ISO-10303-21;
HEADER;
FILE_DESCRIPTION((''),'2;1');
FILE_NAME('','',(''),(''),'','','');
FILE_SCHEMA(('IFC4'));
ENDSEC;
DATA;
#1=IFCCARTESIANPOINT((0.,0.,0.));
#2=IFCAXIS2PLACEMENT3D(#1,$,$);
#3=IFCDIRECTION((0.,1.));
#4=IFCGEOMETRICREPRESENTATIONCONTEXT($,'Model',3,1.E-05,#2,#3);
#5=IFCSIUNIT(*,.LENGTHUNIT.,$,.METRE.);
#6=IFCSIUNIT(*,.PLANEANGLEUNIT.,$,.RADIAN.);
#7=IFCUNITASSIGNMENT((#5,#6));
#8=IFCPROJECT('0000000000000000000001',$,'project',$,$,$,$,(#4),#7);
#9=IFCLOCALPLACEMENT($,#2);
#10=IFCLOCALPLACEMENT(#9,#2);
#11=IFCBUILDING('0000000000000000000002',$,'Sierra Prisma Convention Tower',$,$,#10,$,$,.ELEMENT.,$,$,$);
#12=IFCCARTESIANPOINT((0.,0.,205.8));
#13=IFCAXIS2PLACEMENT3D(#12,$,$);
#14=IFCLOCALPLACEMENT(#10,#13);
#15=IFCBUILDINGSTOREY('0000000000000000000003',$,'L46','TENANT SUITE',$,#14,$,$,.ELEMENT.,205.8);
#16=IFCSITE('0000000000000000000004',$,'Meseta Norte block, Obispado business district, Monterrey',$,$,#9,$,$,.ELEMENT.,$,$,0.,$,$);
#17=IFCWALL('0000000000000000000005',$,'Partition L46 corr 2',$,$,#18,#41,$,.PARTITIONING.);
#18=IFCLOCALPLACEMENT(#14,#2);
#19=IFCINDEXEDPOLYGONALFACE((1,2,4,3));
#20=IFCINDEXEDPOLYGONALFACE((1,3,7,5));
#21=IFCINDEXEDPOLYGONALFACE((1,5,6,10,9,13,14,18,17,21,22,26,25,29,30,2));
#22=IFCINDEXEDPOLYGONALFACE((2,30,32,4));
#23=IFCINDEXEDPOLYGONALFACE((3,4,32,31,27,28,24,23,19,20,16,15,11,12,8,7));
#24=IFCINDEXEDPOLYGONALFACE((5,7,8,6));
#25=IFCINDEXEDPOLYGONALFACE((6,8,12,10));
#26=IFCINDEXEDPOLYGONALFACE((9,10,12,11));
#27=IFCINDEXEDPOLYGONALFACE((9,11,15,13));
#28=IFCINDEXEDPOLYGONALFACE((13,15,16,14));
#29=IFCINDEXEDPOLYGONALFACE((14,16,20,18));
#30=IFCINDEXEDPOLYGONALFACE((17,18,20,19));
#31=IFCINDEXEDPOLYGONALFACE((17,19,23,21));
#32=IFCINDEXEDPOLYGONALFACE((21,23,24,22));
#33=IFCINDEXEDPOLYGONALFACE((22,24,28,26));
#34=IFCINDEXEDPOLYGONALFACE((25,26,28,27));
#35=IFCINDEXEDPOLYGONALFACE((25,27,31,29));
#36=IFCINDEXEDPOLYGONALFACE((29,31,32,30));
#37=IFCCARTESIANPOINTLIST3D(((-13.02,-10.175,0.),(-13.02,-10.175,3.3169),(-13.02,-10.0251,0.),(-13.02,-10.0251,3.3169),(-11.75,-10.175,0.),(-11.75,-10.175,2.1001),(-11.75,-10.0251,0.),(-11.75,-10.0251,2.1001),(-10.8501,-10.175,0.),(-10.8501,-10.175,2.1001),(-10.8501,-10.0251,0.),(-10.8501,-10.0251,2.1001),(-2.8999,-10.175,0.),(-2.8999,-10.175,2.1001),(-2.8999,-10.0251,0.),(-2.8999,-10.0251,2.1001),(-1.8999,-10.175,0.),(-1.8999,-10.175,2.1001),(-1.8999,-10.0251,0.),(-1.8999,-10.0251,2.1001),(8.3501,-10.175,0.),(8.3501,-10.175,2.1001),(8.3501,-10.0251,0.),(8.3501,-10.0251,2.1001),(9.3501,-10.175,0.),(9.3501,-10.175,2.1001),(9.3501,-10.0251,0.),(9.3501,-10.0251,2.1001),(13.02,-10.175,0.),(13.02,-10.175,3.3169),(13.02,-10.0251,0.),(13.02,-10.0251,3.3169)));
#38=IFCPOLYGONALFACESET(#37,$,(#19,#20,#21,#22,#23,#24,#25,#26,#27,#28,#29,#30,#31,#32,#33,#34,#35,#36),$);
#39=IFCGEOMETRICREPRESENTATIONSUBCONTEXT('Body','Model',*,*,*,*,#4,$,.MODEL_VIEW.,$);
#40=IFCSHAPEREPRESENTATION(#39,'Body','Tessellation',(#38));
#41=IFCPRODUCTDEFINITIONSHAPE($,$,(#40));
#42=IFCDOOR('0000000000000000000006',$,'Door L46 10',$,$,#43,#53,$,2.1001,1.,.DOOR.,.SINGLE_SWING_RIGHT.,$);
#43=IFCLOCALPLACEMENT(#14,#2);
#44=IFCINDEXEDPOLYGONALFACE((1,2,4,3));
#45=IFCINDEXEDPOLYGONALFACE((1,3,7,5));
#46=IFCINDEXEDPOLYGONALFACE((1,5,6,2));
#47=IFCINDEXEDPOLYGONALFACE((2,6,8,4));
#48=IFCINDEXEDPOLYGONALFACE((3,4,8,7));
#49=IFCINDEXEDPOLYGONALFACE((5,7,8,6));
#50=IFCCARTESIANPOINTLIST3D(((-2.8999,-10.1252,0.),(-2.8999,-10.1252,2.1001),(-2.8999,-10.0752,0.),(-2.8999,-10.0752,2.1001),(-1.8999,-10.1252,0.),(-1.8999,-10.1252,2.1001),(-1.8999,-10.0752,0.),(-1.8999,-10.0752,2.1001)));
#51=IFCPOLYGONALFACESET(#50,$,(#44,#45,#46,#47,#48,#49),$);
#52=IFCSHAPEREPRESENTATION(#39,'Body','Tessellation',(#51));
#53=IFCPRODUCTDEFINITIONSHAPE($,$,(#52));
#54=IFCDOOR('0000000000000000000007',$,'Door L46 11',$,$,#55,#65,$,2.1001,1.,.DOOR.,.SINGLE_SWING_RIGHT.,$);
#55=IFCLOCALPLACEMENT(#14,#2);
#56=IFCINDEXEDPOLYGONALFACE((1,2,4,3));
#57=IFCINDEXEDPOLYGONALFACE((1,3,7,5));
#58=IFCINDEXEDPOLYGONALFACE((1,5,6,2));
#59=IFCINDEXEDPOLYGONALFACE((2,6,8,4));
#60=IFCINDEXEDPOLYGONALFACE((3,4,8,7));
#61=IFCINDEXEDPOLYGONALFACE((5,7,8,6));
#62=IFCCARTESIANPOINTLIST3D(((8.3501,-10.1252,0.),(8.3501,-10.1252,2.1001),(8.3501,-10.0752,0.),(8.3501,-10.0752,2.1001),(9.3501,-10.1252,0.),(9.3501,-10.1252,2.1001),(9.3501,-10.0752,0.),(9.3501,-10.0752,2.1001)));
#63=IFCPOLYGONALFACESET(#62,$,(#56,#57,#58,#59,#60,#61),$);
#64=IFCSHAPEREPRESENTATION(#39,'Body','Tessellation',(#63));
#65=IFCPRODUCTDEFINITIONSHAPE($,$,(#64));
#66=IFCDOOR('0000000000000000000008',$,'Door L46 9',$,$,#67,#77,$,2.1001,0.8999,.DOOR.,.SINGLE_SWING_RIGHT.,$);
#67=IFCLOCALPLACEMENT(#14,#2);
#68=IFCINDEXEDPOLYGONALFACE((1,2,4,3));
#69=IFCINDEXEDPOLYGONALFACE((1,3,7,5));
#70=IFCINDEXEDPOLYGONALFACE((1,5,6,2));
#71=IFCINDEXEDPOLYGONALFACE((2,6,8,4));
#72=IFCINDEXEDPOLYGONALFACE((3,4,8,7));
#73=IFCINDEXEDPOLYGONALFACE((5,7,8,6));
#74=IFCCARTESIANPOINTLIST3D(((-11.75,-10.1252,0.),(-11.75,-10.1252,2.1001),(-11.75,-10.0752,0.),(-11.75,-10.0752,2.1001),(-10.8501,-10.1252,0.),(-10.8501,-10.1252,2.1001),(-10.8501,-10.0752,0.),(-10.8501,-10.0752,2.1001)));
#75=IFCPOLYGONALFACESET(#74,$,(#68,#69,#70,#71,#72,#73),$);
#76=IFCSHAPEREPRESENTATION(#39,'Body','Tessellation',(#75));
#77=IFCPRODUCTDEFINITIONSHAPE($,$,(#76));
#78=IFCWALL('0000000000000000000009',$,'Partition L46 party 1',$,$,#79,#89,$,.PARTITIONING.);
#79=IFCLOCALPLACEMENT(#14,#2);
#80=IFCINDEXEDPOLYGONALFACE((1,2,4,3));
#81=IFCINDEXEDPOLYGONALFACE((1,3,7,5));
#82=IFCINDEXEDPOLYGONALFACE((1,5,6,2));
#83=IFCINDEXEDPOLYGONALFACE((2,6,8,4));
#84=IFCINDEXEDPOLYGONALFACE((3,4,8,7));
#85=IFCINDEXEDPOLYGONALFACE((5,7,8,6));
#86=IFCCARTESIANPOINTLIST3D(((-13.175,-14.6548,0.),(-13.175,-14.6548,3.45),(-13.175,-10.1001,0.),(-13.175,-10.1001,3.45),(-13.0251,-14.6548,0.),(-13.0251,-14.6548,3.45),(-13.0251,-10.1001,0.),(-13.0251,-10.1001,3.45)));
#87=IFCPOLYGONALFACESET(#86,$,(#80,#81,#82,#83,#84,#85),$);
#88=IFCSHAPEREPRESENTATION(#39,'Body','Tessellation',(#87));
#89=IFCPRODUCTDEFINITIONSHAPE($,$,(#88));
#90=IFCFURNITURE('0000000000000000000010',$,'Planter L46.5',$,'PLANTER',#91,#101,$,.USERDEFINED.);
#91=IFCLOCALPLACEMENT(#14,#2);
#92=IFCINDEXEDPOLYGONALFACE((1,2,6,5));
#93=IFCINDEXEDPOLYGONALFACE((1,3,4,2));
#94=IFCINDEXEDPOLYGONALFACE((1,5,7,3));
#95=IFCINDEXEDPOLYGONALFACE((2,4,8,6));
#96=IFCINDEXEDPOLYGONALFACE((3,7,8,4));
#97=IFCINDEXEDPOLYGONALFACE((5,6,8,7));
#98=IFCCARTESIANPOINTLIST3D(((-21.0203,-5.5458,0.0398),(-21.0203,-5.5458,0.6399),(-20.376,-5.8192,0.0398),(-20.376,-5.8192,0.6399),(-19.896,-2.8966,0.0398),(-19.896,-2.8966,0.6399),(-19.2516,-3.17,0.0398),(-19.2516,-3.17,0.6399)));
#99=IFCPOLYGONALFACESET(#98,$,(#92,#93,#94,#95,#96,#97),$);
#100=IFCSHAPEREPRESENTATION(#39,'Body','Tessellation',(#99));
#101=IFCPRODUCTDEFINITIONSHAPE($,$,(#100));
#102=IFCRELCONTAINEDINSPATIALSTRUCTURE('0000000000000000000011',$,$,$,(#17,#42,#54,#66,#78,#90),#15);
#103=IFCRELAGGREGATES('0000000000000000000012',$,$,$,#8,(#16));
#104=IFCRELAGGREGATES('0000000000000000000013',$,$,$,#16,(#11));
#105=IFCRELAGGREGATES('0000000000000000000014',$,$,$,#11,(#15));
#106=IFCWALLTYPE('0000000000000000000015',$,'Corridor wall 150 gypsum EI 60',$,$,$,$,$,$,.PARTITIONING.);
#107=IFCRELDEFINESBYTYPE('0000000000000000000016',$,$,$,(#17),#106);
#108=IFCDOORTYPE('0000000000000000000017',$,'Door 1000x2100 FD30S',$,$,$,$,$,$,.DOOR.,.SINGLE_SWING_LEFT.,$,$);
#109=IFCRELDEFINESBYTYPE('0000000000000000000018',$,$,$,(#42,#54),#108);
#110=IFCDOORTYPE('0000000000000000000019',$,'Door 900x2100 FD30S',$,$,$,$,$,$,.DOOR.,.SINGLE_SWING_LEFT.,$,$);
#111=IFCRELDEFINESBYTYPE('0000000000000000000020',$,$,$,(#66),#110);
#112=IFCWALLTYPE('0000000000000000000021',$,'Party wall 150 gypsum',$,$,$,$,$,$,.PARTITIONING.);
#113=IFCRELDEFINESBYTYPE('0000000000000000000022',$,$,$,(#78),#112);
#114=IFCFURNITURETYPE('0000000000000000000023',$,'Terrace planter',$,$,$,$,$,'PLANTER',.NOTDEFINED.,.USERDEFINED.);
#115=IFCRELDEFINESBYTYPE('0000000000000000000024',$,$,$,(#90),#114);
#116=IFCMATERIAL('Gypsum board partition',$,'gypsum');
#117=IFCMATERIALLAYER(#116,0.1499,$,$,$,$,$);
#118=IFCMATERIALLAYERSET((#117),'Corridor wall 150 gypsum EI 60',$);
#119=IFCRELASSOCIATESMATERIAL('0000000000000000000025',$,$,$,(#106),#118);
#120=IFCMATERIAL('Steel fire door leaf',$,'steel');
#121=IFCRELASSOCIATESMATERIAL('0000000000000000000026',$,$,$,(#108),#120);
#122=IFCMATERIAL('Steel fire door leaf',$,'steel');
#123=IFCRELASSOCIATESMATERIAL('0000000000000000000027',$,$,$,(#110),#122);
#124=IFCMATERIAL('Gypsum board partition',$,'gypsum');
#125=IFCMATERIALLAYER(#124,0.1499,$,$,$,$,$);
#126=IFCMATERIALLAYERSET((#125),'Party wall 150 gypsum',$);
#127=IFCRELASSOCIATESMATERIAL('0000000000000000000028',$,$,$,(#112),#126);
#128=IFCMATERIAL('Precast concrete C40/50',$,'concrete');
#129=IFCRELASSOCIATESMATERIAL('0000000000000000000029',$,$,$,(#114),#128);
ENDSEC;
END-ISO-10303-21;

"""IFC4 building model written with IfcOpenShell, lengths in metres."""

from ifc_helpers import new_model, si_unit, direction, frame, frame_2d, origin, origin_2d, place, context, subcontext, project, spatial, rectangle, extrude, material, layer, layer_set, type_object, element, fill, save


model = new_model("IFC4")

# Units and contexts
model_context = context("Model", 3, precision=1e-05, world=origin(), true_north=direction((0.0, 1.0)))
body_context = subcontext(model_context, "Body", "Model", "MODEL_VIEW")
ifc_project = project(units=[si_unit("LENGTHUNIT", "METRE"), si_unit("PLANEANGLEUNIT", "RADIAN")], contexts=[model_context])

# Site, building, storey
site_placement = place(None, origin())
site = spatial("IfcSite", under=ifc_project, at=site_placement, Name="Meseta Norte block, Obispado business district, Monterrey", CompositionType="ELEMENT", RefElevation=0.0)
building_placement = place(site_placement, origin())
building = spatial("IfcBuilding", under=site, at=building_placement, Name="Sierra Prisma Convention Tower", CompositionType="ELEMENT")
storey_placement = place(building_placement, frame((0.0, 0.0, 205.8)))
storey = spatial("IfcBuildingStorey", under=building, at=storey_placement, Name="L46", Description="TENANT SUITE", CompositionType="ELEMENT", Elevation=205.8)

# Wall, openings, doors
ifc_material_1 = material(Name="Gypsum board partition", Category="gypsum")
ifc_layer_1 = layer(ifc_material_1, 0.1499)
ifc_layer_set_1 = layer_set([ifc_layer_1], Name="Corridor wall 150 gypsum EI 60")
wall_type_1 = type_object("IfcWallType", Name="Corridor wall 150 gypsum EI 60", PredefinedType="PARTITIONING", material=ifc_layer_set_1)
wall_1_placement = place(storey_placement, frame((-13.02, -10.1001, 0.0), z_axis=(0.0, 0.0, 1.0), x_axis=(1.0, 0.0, 0.0)))
wall_1 = element("IfcWall", 1, at=wall_1_placement, inside=storey, type_object=wall_type_1, Name="Partition L46 corr 2", PredefinedType="PARTITIONING", context=body_context, shape_type="SweptSolid", body=[
    extrude(rectangle(XDim=26.04, YDim=0.1499, at=frame_2d((13.02, 0.0))), origin(), (0.0, 0.0, 1.0), 3.3169),
])
opening_1_placement = place(wall_1_placement, frame((1.27, 0.0, 0.0)))
opening_1 = element("IfcOpeningElement", 2, at=opening_1_placement, cuts=wall_1, PredefinedType="OPENING", context=body_context, shape_type="SweptSolid", body=[
    extrude(rectangle(XDim=0.8999, YDim=2.1001, at=frame_2d((0.45, 1.05))), frame((0.0, 0.075, 0.0), z_axis=(0.0, -1.0, 0.0), x_axis=(1.0, 0.0, 0.0)), (0.0, 0.0, 1.0), 0.1499),
])
opening_2_placement = place(wall_1_placement, frame((10.1201, 0.0, 0.0)))
opening_2 = element("IfcOpeningElement", 3, at=opening_2_placement, cuts=wall_1, PredefinedType="OPENING", context=body_context, shape_type="SweptSolid", body=[
    extrude(rectangle(XDim=1.0, YDim=2.1001, at=frame_2d((0.5, 1.05))), frame((0.0, 0.075, 0.0), z_axis=(0.0, -1.0, 0.0), x_axis=(1.0, 0.0, 0.0)), (0.0, 0.0, 1.0), 0.1499),
])
opening_3_placement = place(wall_1_placement, frame((21.3701, 0.0, 0.0)))
opening_3 = element("IfcOpeningElement", 4, at=opening_3_placement, cuts=wall_1, PredefinedType="OPENING", context=body_context, shape_type="SweptSolid", body=[
    extrude(rectangle(XDim=1.0, YDim=2.1001, at=frame_2d((0.5, 1.05))), frame((0.0, 0.075, 0.0), z_axis=(0.0, -1.0, 0.0), x_axis=(1.0, 0.0, 0.0)), (0.0, 0.0, 1.0), 0.1499),
])
ifc_material_2 = material(Name="Steel fire door leaf", Category="steel")
door_type_1 = type_object("IfcDoorType", Name="Door 1000x2100 FD30S", OperationType="SINGLE_SWING_LEFT", PredefinedType="DOOR", material=ifc_material_2)
door_1_placement = place(opening_2_placement, origin())
door_1 = element("IfcDoor", 5, at=door_1_placement, inside=storey, type_object=door_type_1, Name="Door L46 10", OperationType="SINGLE_SWING_RIGHT", OverallHeight=2.1001, OverallWidth=1.0, PredefinedType="DOOR", context=body_context, shape_type="SweptSolid", body=[
    extrude(rectangle(XDim=1.0, YDim=2.1001, at=frame_2d((0.5, 1.05))), frame((0.0, 0.0249, 0.0), z_axis=(0.0, -1.0, 0.0), x_axis=(1.0, 0.0, 0.0)), (0.0, 0.0, 1.0), 0.05),
])
fill(opening_2, door_1)
door_2_placement = place(opening_3_placement, origin())
door_2 = element("IfcDoor", 6, at=door_2_placement, inside=storey, type_object=door_type_1, Name="Door L46 11", OperationType="SINGLE_SWING_RIGHT", OverallHeight=2.1001, OverallWidth=1.0, PredefinedType="DOOR", context=body_context, shape_type="SweptSolid", body=[
    extrude(rectangle(XDim=1.0, YDim=2.1001, at=frame_2d((0.5, 1.05))), frame((0.0, 0.0249, 0.0), z_axis=(0.0, -1.0, 0.0), x_axis=(1.0, 0.0, 0.0)), (0.0, 0.0, 1.0), 0.05),
])
fill(opening_3, door_2)
ifc_material_3 = material(Name="Steel fire door leaf", Category="steel")
door_type_2 = type_object("IfcDoorType", Name="Door 900x2100 FD30S", OperationType="SINGLE_SWING_LEFT", PredefinedType="DOOR", material=ifc_material_3)
door_3_placement = place(opening_1_placement, origin())
door_3 = element("IfcDoor", 7, at=door_3_placement, inside=storey, type_object=door_type_2, Name="Door L46 9", OperationType="SINGLE_SWING_RIGHT", OverallHeight=2.1001, OverallWidth=0.8999, PredefinedType="DOOR", context=body_context, shape_type="SweptSolid", body=[
    extrude(rectangle(XDim=0.8999, YDim=2.1001, at=frame_2d((0.45, 1.05))), frame((0.0, 0.0249, 0.0), z_axis=(0.0, -1.0, 0.0), x_axis=(1.0, 0.0, 0.0)), (0.0, 0.0, 1.0), 0.05),
])
fill(opening_1, door_3)

# Wall
ifc_material_4 = material(Name="Gypsum board partition", Category="gypsum")
ifc_layer_2 = layer(ifc_material_4, 0.1499)
ifc_layer_set_2 = layer_set([ifc_layer_2], Name="Party wall 150 gypsum")
wall_type_2 = type_object("IfcWallType", Name="Party wall 150 gypsum", PredefinedType="PARTITIONING", material=ifc_layer_set_2)
wall_2_placement = place(storey_placement, frame((-13.1001, -10.1001, 0.0), z_axis=(0.0, 0.0, 1.0), x_axis=(0.0, -1.0, 0.0)))
element("IfcWall", 8, at=wall_2_placement, inside=storey, type_object=wall_type_2, Name="Partition L46 party 1", PredefinedType="PARTITIONING", context=body_context, shape_type="SweptSolid", body=[
    extrude(rectangle(XDim=4.5547, YDim=0.1499, at=frame_2d((2.2773, 0.0))), origin(), (0.0, 0.0, 1.0), 3.45),
])

# Furniture
ifc_material_5 = material(Name="Precast concrete C40/50", Category="concrete")
furniture_type = type_object("IfcFurnitureType", Name="Terrace planter", ElementType="PLANTER", AssemblyPlace="NOTDEFINED", PredefinedType="USERDEFINED", material=ifc_material_5)
furniture_placement = place(storey_placement, frame((-20.136, -4.3579, 0.0398), z_axis=(0.0, 0.0, 1.0), x_axis=(-0.39069, -0.920522, 0.0)))
element("IfcFurniture", 9, at=furniture_placement, inside=storey, type_object=furniture_type, Name="Planter L46.5", ObjectType="PLANTER", PredefinedType="USERDEFINED", context=body_context, shape_type="SweptSolid", body=[
    extrude(rectangle(XDim=2.8779, YDim=0.7, at=origin_2d()), origin(), (0.0, 0.0, 1.0), 0.6001),
])

save(model, "model.ifc")
